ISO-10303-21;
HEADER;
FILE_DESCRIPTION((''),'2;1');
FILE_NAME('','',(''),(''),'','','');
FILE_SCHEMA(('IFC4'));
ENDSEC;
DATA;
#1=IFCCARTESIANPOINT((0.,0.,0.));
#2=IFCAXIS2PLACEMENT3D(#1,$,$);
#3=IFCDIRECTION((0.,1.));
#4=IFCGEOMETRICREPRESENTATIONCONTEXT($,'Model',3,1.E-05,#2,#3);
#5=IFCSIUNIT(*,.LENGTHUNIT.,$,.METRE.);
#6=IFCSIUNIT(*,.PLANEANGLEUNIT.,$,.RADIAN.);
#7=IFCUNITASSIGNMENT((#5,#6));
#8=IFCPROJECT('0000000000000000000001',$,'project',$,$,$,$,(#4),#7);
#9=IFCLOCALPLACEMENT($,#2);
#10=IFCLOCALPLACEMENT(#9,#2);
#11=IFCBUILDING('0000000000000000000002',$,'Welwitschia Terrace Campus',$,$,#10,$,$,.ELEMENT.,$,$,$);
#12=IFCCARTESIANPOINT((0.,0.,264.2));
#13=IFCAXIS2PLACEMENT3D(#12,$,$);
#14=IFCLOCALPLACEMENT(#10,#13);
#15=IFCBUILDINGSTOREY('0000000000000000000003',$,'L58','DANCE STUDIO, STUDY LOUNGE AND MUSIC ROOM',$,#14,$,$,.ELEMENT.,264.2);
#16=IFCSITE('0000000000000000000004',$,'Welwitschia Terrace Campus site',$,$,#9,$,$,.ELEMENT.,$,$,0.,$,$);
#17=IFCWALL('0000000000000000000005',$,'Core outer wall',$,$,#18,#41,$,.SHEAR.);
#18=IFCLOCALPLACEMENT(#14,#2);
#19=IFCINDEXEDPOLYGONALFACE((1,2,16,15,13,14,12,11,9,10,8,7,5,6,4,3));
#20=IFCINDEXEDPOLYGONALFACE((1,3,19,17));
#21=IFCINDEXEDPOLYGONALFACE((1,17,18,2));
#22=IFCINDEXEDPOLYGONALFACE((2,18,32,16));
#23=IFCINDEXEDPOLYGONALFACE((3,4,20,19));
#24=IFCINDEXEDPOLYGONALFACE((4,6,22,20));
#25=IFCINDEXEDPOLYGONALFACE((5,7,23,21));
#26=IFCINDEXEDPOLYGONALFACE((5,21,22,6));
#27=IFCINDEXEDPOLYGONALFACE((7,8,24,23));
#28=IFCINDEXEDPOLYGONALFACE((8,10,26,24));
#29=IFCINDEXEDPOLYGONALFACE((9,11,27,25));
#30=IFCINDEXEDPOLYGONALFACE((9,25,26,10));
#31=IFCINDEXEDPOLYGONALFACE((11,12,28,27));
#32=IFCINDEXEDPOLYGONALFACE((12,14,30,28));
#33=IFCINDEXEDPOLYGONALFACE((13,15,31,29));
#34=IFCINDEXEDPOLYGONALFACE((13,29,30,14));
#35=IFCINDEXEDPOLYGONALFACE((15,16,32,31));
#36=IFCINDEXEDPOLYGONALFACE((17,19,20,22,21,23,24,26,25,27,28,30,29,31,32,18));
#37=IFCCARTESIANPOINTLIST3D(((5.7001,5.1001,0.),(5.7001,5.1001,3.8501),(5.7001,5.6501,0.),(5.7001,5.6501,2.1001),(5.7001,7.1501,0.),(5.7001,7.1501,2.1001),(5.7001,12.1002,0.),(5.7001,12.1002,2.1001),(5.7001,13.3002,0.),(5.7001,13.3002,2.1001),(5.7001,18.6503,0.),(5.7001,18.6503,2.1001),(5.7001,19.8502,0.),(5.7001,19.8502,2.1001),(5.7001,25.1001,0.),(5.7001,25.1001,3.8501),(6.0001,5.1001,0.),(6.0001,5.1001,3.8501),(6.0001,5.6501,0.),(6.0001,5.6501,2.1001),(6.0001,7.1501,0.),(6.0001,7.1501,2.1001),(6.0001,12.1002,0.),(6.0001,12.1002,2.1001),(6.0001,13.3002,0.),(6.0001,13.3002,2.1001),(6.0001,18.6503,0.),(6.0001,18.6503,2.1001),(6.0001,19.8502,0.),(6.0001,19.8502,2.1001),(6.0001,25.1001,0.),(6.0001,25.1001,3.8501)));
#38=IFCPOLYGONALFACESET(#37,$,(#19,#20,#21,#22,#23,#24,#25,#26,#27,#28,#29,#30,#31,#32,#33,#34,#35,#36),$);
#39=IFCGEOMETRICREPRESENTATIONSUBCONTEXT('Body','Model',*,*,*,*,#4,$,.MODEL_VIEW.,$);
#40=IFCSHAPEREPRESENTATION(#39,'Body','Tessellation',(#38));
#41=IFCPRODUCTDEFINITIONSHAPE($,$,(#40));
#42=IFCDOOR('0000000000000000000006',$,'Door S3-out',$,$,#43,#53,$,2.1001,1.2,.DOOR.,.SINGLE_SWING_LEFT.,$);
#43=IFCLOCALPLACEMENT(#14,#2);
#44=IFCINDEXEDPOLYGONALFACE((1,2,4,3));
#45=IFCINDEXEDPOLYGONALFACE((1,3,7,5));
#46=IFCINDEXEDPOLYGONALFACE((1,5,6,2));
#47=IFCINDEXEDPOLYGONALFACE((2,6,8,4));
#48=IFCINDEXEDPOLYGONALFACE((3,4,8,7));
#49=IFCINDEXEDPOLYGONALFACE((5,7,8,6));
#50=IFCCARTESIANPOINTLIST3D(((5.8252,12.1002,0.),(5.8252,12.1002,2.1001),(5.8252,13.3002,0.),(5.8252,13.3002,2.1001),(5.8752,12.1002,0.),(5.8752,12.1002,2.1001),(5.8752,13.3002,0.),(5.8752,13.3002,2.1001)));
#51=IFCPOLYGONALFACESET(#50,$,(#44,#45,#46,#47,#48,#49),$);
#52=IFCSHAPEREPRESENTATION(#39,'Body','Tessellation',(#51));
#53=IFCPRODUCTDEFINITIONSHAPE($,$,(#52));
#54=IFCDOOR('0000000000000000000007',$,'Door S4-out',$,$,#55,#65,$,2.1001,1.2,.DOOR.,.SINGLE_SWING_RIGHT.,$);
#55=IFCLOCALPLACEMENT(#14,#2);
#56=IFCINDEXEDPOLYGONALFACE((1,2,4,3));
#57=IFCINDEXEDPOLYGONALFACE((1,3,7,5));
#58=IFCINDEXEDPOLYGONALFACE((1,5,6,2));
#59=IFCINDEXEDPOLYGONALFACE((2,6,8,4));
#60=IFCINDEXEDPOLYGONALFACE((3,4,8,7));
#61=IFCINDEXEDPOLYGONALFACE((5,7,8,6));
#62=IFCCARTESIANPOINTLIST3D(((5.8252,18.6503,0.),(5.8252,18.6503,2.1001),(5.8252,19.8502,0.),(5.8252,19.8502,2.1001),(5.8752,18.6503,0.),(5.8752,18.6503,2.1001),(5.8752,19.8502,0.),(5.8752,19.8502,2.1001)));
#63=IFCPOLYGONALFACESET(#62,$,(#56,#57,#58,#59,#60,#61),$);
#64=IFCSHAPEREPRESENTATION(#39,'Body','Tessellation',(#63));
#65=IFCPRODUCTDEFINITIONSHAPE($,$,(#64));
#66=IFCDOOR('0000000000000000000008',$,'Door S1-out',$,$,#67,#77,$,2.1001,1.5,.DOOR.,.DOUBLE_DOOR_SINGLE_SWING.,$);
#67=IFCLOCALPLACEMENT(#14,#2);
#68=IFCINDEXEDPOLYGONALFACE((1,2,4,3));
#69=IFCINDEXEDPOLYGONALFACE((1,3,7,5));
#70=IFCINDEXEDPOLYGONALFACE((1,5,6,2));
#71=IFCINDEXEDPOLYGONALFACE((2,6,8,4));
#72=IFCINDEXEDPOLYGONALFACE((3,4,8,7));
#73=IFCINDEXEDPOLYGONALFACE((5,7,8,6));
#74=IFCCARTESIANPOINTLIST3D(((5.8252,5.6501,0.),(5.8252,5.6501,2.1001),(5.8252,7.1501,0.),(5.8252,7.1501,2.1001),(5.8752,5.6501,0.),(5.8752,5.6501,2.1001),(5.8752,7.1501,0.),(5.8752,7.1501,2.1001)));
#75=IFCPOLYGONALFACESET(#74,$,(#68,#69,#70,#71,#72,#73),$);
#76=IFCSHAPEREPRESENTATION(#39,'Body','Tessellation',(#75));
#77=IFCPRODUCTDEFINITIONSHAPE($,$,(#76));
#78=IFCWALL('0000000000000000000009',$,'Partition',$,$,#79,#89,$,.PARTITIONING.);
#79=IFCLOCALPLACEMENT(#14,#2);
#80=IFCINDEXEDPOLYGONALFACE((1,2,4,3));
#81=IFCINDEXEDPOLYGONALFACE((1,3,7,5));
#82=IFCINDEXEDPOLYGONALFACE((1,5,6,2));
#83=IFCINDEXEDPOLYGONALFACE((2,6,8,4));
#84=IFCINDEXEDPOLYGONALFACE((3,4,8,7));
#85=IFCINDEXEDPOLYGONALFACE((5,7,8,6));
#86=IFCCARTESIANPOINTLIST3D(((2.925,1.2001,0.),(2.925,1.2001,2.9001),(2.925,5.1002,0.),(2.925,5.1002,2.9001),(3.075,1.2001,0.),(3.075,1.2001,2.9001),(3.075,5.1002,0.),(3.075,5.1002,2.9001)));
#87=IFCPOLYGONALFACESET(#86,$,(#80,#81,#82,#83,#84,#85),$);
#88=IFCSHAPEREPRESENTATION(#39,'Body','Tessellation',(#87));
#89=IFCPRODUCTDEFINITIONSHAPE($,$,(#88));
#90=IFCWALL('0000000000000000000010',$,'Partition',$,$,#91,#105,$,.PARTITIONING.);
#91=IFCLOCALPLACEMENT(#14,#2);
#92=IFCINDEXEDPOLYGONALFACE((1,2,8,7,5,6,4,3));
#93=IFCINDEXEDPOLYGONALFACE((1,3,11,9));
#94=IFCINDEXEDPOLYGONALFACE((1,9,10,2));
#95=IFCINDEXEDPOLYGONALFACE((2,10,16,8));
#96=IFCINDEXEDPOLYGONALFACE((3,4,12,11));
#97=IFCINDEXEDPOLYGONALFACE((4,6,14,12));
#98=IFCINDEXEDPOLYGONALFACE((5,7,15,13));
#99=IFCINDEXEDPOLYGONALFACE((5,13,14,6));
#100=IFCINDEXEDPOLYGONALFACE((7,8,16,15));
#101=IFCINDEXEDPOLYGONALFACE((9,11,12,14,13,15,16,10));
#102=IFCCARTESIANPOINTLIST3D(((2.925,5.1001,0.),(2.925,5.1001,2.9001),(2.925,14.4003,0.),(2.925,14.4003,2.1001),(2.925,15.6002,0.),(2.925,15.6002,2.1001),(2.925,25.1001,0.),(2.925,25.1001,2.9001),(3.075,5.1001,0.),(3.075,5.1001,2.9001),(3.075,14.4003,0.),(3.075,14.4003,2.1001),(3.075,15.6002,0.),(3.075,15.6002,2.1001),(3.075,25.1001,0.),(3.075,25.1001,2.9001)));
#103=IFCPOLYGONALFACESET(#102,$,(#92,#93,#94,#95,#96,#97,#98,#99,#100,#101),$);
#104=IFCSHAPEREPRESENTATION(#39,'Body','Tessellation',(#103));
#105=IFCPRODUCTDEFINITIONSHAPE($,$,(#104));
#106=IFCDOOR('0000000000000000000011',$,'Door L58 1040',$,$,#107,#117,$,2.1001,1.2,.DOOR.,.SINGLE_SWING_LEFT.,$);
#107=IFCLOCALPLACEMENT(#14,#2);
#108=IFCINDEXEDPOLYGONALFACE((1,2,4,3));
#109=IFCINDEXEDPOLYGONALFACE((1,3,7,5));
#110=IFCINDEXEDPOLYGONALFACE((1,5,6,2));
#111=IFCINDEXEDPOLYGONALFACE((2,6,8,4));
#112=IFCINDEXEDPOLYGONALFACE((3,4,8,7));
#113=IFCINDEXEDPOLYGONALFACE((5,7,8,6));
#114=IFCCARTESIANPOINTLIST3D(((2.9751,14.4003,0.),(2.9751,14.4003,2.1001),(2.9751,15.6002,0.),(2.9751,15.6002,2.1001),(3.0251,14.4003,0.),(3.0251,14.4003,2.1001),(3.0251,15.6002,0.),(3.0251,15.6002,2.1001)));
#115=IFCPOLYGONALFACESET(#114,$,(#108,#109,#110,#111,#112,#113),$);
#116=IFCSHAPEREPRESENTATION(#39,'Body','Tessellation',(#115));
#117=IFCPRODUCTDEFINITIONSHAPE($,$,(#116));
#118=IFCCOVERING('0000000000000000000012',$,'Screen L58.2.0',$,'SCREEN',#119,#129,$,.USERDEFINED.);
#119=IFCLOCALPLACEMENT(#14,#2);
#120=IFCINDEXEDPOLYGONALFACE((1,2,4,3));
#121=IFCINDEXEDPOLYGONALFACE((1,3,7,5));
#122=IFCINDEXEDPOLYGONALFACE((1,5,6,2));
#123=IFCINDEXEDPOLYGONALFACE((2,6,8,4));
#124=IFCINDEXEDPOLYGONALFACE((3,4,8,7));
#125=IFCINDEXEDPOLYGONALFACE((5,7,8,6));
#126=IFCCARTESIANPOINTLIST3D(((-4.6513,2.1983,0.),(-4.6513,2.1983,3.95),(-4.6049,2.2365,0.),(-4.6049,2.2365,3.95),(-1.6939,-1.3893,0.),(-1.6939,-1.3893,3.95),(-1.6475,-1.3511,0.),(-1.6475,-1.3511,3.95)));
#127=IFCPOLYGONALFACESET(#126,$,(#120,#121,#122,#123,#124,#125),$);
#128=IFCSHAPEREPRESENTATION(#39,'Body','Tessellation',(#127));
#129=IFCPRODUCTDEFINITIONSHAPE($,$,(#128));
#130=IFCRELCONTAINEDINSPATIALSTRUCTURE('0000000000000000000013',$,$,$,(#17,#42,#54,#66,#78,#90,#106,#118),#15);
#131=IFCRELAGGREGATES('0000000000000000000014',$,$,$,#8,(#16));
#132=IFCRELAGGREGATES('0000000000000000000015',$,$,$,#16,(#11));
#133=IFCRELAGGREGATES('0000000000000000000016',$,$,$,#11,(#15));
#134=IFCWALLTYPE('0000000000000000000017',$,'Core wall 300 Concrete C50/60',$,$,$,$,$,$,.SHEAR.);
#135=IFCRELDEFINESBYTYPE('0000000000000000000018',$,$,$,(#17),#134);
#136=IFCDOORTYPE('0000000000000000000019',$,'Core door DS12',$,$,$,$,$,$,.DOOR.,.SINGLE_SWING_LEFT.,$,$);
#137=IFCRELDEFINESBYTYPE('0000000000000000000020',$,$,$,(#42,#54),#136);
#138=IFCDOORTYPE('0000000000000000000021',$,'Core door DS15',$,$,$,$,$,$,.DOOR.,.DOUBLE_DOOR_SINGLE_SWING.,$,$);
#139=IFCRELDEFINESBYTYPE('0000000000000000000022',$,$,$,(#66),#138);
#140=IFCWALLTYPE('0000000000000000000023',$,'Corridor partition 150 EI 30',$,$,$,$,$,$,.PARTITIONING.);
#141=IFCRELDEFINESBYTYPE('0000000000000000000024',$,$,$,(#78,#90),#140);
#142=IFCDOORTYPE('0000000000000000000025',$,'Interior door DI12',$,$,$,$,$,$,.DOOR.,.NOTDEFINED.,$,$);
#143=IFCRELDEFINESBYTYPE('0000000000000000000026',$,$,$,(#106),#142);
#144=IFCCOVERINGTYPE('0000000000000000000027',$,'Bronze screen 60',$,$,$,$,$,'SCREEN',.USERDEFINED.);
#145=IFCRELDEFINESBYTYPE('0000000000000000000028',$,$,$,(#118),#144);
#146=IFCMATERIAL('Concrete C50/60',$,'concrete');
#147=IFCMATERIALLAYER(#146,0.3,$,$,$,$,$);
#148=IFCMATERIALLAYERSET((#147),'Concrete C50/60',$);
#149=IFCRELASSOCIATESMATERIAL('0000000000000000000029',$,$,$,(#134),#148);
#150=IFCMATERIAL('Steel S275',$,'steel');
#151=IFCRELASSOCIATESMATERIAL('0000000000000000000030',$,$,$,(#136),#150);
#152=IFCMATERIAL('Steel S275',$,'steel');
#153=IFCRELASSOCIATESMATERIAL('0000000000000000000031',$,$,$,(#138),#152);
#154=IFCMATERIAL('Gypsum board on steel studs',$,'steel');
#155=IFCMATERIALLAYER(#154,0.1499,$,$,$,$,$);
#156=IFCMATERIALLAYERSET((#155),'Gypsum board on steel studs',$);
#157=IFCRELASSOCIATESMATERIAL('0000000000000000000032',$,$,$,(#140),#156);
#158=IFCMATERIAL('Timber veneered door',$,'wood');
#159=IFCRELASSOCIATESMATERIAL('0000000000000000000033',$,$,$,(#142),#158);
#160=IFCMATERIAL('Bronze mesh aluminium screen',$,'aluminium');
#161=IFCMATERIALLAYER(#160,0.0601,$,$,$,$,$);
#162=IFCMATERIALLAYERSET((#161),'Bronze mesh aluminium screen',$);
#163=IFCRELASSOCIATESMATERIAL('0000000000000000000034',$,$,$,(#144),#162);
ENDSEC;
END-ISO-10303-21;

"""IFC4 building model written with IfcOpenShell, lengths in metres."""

from ifc_helpers import new_model, si_unit, direction, frame, frame_2d, origin, origin_2d, place, context, subcontext, project, spatial, rectangle, extrude, material, layer, layer_set, type_object, element, fill, save


model = new_model("IFC4")

# Units and contexts
model_context = context("Model", 3, precision=1e-05, world=origin(), true_north=direction((0.0, 1.0)))
body_context = subcontext(model_context, "Body", "Model", "MODEL_VIEW")
ifc_project = project(units=[si_unit("LENGTHUNIT", "METRE"), si_unit("PLANEANGLEUNIT", "RADIAN")], contexts=[model_context])

# Site, building, storey
site_placement = place(None, origin())
site = spatial("IfcSite", under=ifc_project, at=site_placement, Name="Welwitschia Terrace Campus site", CompositionType="ELEMENT", RefElevation=0.0)
building_placement = place(site_placement, origin())
building = spatial("IfcBuilding", under=site, at=building_placement, Name="Welwitschia Terrace Campus", CompositionType="ELEMENT")
storey_placement = place(building_placement, frame((0.0, 0.0, 264.2)))
storey = spatial("IfcBuildingStorey", under=building, at=storey_placement, Name="L58", Description="DANCE STUDIO, STUDY LOUNGE AND MUSIC ROOM", CompositionType="ELEMENT", Elevation=264.2)

# Wall, openings, doors
ifc_material_1 = material(Name="Concrete C50/60", Category="concrete")
ifc_layer_1 = layer(ifc_material_1, 0.3)
ifc_layer_set_1 = layer_set([ifc_layer_1], Name="Concrete C50/60")
wall_type_1 = type_object("IfcWallType", Name="Core wall 300 Concrete C50/60", PredefinedType="SHEAR", material=ifc_layer_set_1)
wall_1_placement = place(storey_placement, frame((5.8501, 5.1001, 0.0), z_axis=(0.0, 0.0, 1.0), x_axis=(0.0, 1.0, 0.0)))
wall_1 = element("IfcWall", 1, at=wall_1_placement, inside=storey, type_object=wall_type_1, Name="Core outer wall", PredefinedType="SHEAR", context=body_context, shape_type="SweptSolid", body=[
    extrude(rectangle(XDim=20.0, YDim=0.3, at=frame_2d((10.0, 0.0))), origin(), (0.0, 0.0, 1.0), 3.8501),
])
opening_1_placement = place(wall_1_placement, frame((0.55, 0.0, 0.0)))
opening_1 = element("IfcOpeningElement", 2, at=opening_1_placement, cuts=wall_1, PredefinedType="OPENING", context=body_context, shape_type="SweptSolid", body=[
    extrude(rectangle(XDim=1.5, YDim=2.1001, at=frame_2d((0.75, 1.05))), frame((0.0, 0.1599, 0.0), z_axis=(0.0, -1.0, 0.0), x_axis=(1.0, 0.0, 0.0)), (0.0, 0.0, 1.0), 0.3201),
])
opening_2_placement = place(wall_1_placement, frame((7.0, 0.0, 0.0)))
opening_2 = element("IfcOpeningElement", 3, at=opening_2_placement, cuts=wall_1, PredefinedType="OPENING", context=body_context, shape_type="SweptSolid", body=[
    extrude(rectangle(XDim=1.2, YDim=2.1001, at=frame_2d((0.6001, 1.05))), frame((0.0, 0.1599, 0.0), z_axis=(0.0, -1.0, 0.0), x_axis=(1.0, 0.0, 0.0)), (0.0, 0.0, 1.0), 0.3201),
])
opening_3_placement = place(wall_1_placement, frame((13.55, 0.0, 0.0)))
opening_3 = element("IfcOpeningElement", 4, at=opening_3_placement, cuts=wall_1, PredefinedType="OPENING", context=body_context, shape_type="SweptSolid", body=[
    extrude(rectangle(XDim=1.2, YDim=2.1001, at=frame_2d((0.6001, 1.05))), frame((0.0, 0.1599, 0.0), z_axis=(0.0, -1.0, 0.0), x_axis=(1.0, 0.0, 0.0)), (0.0, 0.0, 1.0), 0.3201),
])
ifc_material_2 = material(Name="Steel S275", Category="steel")
door_type_1 = type_object("IfcDoorType", Name="Core door DS12", OperationType="SINGLE_SWING_LEFT", PredefinedType="DOOR", material=ifc_material_2)
door_1_placement = place(opening_2_placement, origin())
door_1 = element("IfcDoor", 5, at=door_1_placement, inside=storey, type_object=door_type_1, Name="Door S3-out", OperationType="SINGLE_SWING_LEFT", OverallHeight=2.1001, OverallWidth=1.2, PredefinedType="DOOR", context=body_context, shape_type="SweptSolid", body=[
    extrude(rectangle(XDim=1.2, YDim=2.1001, at=frame_2d((0.6001, 1.05))), frame((0.0, 0.0249, 0.0), z_axis=(0.0, -1.0, 0.0), x_axis=(1.0, 0.0, 0.0)), (0.0, 0.0, 1.0), 0.05),
])
fill(opening_2, door_1)
door_2_placement = place(opening_3_placement, origin())
door_2 = element("IfcDoor", 6, at=door_2_placement, inside=storey, type_object=door_type_1, Name="Door S4-out", OperationType="SINGLE_SWING_RIGHT", OverallHeight=2.1001, OverallWidth=1.2, PredefinedType="DOOR", context=body_context, shape_type="SweptSolid", body=[
    extrude(rectangle(XDim=1.2, YDim=2.1001, at=frame_2d((0.6001, 1.05))), frame((0.0, 0.0249, 0.0), z_axis=(0.0, -1.0, 0.0), x_axis=(1.0, 0.0, 0.0)), (0.0, 0.0, 1.0), 0.05),
])
fill(opening_3, door_2)
ifc_material_3 = material(Name="Steel S275", Category="steel")
door_type_2 = type_object("IfcDoorType", Name="Core door DS15", OperationType="DOUBLE_DOOR_SINGLE_SWING", PredefinedType="DOOR", material=ifc_material_3)
door_3_placement = place(opening_1_placement, origin())
door_3 = element("IfcDoor", 7, at=door_3_placement, inside=storey, type_object=door_type_2, Name="Door S1-out", OperationType="DOUBLE_DOOR_SINGLE_SWING", OverallHeight=2.1001, OverallWidth=1.5, PredefinedType="DOOR", context=body_context, shape_type="SweptSolid", body=[
    extrude(rectangle(XDim=1.5, YDim=2.1001, at=frame_2d((0.75, 1.05))), frame((0.0, 0.0249, 0.0), z_axis=(0.0, -1.0, 0.0), x_axis=(1.0, 0.0, 0.0)), (0.0, 0.0, 1.0), 0.05),
])
fill(opening_1, door_3)

# Wall
ifc_material_4 = material(Name="Gypsum board on steel studs", Category="steel")
ifc_layer_2 = layer(ifc_material_4, 0.1499)
ifc_layer_set_2 = layer_set([ifc_layer_2], Name="Gypsum board on steel studs")
wall_type_2 = type_object("IfcWallType", Name="Corridor partition 150 EI 30", PredefinedType="PARTITIONING", material=ifc_layer_set_2)
wall_2_placement = place(storey_placement, frame((3.0, 1.2, 0.0), z_axis=(0.0, 0.0, 1.0), x_axis=(0.0, 1.0, 0.0)))
element("IfcWall", 8, at=wall_2_placement, inside=storey, type_object=wall_type_2, Name="Partition", PredefinedType="PARTITIONING", context=body_context, shape_type="SweptSolid", body=[
    extrude(rectangle(XDim=3.9001, YDim=0.1499, at=frame_2d((1.9502, 0.0))), origin(), (0.0, 0.0, 1.0), 2.9001),
])

# Wall, opening, door
wall_3_placement = place(storey_placement, frame((3.0, 5.1001, 0.0), z_axis=(0.0, 0.0, 1.0), x_axis=(0.0, 1.0, 0.0)))
wall_3 = element("IfcWall", 9, at=wall_3_placement, inside=storey, type_object=wall_type_2, Name="Partition", PredefinedType="PARTITIONING", context=body_context, shape_type="SweptSolid", body=[
    extrude(rectangle(XDim=20.0, YDim=0.1499, at=frame_2d((10.0, 0.0))), origin(), (0.0, 0.0, 1.0), 2.9001),
])
opening_4_placement = place(wall_3_placement, frame((9.3, 0.0, 0.0)))
opening_4 = element("IfcOpeningElement", 10, at=opening_4_placement, cuts=wall_3, PredefinedType="OPENING", context=body_context, shape_type="SweptSolid", body=[
    extrude(rectangle(XDim=1.2, YDim=2.1001, at=frame_2d((0.6001, 1.05))), frame((0.0, 0.085, 0.0), z_axis=(0.0, -1.0, 0.0), x_axis=(1.0, 0.0, 0.0)), (0.0, 0.0, 1.0), 0.1699),
])
ifc_material_5 = material(Name="Timber veneered door", Category="wood")
door_type_3 = type_object("IfcDoorType", Name="Interior door DI12", OperationType="NOTDEFINED", PredefinedType="DOOR", material=ifc_material_5)
door_4_placement = place(opening_4_placement, origin())
door_4 = element("IfcDoor", 11, at=door_4_placement, inside=storey, type_object=door_type_3, Name="Door L58 1040", OperationType="SINGLE_SWING_LEFT", OverallHeight=2.1001, OverallWidth=1.2, PredefinedType="DOOR", context=body_context, shape_type="SweptSolid", body=[
    extrude(rectangle(XDim=1.2, YDim=2.1001, at=frame_2d((0.6001, 1.05))), frame((0.0, 0.0249, 0.0), z_axis=(0.0, -1.0, 0.0), x_axis=(1.0, 0.0, 0.0)), (0.0, 0.0, 1.0), 0.05),
])
fill(opening_4, door_4)

# Covering
ifc_material_6 = material(Name="Bronze mesh aluminium screen", Category="aluminium")
ifc_layer_3 = layer(ifc_material_6, 0.0601)
ifc_layer_set_3 = layer_set([ifc_layer_3], Name="Bronze mesh aluminium screen")
covering_type_1 = type_object("IfcCoveringType", Name="Bronze screen 60", ElementType="SCREEN", PredefinedType="USERDEFINED", material=ifc_layer_set_3)
covering_1_placement = place(storey_placement, frame((-3.1494, 0.4236, 0.0), z_axis=(0.0, 0.0, 1.0), x_axis=(0.636078, -0.771625, 0.0)))
element("IfcCovering", 12, at=covering_1_placement, inside=storey, type_object=covering_type_1, Name="Screen L58.2.0", ObjectType="SCREEN", PredefinedType="USERDEFINED", context=body_context, shape_type="SweptSolid", body=[
    extrude(rectangle(XDim=4.6494, YDim=0.0601, at=origin_2d()), origin(), (0.0, 0.0, 1.0), 3.95),
])

save(model, "model.ifc")
